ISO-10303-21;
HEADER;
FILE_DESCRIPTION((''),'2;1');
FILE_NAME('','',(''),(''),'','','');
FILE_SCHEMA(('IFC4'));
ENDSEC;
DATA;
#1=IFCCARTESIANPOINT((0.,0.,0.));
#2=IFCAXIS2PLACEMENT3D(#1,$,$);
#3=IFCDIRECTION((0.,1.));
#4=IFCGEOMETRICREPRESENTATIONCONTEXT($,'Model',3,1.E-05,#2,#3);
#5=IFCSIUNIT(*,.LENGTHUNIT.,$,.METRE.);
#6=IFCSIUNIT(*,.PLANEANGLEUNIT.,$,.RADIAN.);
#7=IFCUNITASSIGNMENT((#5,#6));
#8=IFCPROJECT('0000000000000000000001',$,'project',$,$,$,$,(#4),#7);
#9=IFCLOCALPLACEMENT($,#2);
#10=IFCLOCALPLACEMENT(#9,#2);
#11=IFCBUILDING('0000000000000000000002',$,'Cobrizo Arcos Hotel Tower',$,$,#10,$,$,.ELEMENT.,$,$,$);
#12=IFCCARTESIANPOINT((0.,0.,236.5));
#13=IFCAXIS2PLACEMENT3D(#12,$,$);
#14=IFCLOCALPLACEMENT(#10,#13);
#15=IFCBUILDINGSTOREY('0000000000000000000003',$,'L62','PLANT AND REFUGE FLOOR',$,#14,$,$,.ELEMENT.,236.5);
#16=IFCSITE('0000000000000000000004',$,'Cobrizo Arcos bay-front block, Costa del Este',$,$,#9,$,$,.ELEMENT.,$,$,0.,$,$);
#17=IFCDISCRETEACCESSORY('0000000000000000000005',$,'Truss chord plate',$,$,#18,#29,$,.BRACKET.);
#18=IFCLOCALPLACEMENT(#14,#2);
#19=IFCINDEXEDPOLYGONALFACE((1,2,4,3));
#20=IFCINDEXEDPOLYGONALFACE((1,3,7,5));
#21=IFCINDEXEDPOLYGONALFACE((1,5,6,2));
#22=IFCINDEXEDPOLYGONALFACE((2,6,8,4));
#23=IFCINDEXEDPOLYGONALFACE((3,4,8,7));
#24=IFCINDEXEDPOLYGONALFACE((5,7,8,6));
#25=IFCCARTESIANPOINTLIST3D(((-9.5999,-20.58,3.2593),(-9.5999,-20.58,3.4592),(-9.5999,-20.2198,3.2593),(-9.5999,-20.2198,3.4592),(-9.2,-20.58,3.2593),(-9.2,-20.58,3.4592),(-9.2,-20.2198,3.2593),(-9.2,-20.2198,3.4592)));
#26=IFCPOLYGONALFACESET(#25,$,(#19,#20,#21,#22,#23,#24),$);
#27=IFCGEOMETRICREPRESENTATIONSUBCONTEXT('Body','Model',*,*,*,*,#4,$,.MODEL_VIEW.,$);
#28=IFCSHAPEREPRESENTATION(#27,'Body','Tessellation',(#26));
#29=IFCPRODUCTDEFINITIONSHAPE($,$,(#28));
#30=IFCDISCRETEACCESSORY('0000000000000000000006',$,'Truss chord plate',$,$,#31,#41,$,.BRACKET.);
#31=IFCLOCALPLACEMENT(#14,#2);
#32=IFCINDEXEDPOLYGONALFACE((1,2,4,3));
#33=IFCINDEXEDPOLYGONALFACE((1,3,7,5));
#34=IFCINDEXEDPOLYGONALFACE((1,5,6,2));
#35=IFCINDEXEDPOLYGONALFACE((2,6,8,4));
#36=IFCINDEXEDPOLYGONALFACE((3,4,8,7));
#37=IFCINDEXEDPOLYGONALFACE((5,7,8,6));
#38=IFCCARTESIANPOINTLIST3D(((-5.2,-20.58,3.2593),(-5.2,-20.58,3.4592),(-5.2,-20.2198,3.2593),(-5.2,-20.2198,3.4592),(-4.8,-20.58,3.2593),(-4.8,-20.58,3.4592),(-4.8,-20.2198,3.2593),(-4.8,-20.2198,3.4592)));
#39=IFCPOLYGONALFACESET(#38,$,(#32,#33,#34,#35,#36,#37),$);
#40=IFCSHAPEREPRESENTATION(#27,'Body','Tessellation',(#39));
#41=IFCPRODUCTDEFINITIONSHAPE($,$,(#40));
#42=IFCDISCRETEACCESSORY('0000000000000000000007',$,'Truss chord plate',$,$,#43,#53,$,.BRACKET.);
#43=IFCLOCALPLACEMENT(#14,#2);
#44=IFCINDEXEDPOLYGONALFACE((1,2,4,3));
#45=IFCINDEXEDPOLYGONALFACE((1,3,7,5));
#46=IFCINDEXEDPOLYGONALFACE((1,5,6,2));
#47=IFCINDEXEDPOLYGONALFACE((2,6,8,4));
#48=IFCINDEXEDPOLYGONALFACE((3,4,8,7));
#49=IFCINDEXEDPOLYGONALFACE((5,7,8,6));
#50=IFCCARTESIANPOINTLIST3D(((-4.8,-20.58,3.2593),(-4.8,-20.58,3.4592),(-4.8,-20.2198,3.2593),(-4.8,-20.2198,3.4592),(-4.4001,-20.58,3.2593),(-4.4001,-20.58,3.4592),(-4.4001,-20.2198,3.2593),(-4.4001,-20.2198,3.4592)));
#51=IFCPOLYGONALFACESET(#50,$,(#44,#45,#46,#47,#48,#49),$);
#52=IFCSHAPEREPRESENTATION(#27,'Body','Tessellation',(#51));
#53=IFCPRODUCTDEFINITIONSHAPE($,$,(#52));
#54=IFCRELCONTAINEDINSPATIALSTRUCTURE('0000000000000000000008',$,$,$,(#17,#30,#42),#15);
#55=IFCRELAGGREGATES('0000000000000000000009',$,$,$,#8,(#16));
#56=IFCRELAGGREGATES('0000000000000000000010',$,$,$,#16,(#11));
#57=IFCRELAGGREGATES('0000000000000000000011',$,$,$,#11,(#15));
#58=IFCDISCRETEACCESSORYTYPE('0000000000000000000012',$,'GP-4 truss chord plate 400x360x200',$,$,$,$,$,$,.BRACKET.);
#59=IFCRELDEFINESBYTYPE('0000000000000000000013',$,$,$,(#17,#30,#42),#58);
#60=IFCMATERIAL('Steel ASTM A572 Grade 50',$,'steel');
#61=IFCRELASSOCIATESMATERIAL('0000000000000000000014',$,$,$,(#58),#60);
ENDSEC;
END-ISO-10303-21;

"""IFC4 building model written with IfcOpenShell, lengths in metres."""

from ifc_helpers import new_model, si_unit, direction, frame, origin, origin_2d, place, context, subcontext, project, spatial, rectangle, extrude, material, type_object, element, save


model = new_model("IFC4")

# Units and contexts
model_context = context("Model", 3, precision=1e-05, world=origin(), true_north=direction((0.0, 1.0)))
body_context = subcontext(model_context, "Body", "Model", "MODEL_VIEW")
ifc_project = project(units=[si_unit("LENGTHUNIT", "METRE"), si_unit("PLANEANGLEUNIT", "RADIAN")], contexts=[model_context])

# Site, building, storey
site_placement = place(None, origin())
site = spatial("IfcSite", under=ifc_project, at=site_placement, Name="Cobrizo Arcos bay-front block, Costa del Este", CompositionType="ELEMENT", RefElevation=0.0)
building_placement = place(site_placement, origin())
building = spatial("IfcBuilding", under=site, at=building_placement, Name="Cobrizo Arcos Hotel Tower", CompositionType="ELEMENT")
storey_placement = place(building_placement, frame((0.0, 0.0, 236.5)))
storey = spatial("IfcBuildingStorey", under=building, at=storey_placement, Name="L62", Description="PLANT AND REFUGE FLOOR", CompositionType="ELEMENT", Elevation=236.5)

# Discrete accessories
ifc_material_1 = material(Name="Steel ASTM A572 Grade 50", Category="steel")
discrete_accessory_type_1 = type_object("IfcDiscreteAccessoryType", Name="GP-4 truss chord plate 400x360x200", PredefinedType="BRACKET", material=ifc_material_1)
for number, where, z_axis, x_axis, name in (
    (1, (-9.3999, -20.3999, 3.2593), (0.0, 0.0, 1.0), (1.0, 0.0, 0.0), "Truss chord plate"),
    (2, (-5.0, -20.3999, 3.2593), (0.0, 0.0, 1.0), (1.0, 0.0, 0.0), "Truss chord plate"),
    (3, (-4.6001, -20.3999, 3.2593), (0.0, 0.0, 1.0), (1.0, 0.0, 0.0), "Truss chord plate"),
):
    element("IfcDiscreteAccessory", number, at=place(storey_placement, frame(where, z_axis=z_axis, x_axis=x_axis)), inside=storey, type_object=discrete_accessory_type_1, Name=name, PredefinedType="BRACKET", context=body_context, shape_type="SweptSolid", body=[
        extrude(rectangle(XDim=0.3999, YDim=0.3601, at=origin_2d()), origin(), (0.0, 0.0, 1.0), 0.2),
    ])

save(model, "model.ifc")
